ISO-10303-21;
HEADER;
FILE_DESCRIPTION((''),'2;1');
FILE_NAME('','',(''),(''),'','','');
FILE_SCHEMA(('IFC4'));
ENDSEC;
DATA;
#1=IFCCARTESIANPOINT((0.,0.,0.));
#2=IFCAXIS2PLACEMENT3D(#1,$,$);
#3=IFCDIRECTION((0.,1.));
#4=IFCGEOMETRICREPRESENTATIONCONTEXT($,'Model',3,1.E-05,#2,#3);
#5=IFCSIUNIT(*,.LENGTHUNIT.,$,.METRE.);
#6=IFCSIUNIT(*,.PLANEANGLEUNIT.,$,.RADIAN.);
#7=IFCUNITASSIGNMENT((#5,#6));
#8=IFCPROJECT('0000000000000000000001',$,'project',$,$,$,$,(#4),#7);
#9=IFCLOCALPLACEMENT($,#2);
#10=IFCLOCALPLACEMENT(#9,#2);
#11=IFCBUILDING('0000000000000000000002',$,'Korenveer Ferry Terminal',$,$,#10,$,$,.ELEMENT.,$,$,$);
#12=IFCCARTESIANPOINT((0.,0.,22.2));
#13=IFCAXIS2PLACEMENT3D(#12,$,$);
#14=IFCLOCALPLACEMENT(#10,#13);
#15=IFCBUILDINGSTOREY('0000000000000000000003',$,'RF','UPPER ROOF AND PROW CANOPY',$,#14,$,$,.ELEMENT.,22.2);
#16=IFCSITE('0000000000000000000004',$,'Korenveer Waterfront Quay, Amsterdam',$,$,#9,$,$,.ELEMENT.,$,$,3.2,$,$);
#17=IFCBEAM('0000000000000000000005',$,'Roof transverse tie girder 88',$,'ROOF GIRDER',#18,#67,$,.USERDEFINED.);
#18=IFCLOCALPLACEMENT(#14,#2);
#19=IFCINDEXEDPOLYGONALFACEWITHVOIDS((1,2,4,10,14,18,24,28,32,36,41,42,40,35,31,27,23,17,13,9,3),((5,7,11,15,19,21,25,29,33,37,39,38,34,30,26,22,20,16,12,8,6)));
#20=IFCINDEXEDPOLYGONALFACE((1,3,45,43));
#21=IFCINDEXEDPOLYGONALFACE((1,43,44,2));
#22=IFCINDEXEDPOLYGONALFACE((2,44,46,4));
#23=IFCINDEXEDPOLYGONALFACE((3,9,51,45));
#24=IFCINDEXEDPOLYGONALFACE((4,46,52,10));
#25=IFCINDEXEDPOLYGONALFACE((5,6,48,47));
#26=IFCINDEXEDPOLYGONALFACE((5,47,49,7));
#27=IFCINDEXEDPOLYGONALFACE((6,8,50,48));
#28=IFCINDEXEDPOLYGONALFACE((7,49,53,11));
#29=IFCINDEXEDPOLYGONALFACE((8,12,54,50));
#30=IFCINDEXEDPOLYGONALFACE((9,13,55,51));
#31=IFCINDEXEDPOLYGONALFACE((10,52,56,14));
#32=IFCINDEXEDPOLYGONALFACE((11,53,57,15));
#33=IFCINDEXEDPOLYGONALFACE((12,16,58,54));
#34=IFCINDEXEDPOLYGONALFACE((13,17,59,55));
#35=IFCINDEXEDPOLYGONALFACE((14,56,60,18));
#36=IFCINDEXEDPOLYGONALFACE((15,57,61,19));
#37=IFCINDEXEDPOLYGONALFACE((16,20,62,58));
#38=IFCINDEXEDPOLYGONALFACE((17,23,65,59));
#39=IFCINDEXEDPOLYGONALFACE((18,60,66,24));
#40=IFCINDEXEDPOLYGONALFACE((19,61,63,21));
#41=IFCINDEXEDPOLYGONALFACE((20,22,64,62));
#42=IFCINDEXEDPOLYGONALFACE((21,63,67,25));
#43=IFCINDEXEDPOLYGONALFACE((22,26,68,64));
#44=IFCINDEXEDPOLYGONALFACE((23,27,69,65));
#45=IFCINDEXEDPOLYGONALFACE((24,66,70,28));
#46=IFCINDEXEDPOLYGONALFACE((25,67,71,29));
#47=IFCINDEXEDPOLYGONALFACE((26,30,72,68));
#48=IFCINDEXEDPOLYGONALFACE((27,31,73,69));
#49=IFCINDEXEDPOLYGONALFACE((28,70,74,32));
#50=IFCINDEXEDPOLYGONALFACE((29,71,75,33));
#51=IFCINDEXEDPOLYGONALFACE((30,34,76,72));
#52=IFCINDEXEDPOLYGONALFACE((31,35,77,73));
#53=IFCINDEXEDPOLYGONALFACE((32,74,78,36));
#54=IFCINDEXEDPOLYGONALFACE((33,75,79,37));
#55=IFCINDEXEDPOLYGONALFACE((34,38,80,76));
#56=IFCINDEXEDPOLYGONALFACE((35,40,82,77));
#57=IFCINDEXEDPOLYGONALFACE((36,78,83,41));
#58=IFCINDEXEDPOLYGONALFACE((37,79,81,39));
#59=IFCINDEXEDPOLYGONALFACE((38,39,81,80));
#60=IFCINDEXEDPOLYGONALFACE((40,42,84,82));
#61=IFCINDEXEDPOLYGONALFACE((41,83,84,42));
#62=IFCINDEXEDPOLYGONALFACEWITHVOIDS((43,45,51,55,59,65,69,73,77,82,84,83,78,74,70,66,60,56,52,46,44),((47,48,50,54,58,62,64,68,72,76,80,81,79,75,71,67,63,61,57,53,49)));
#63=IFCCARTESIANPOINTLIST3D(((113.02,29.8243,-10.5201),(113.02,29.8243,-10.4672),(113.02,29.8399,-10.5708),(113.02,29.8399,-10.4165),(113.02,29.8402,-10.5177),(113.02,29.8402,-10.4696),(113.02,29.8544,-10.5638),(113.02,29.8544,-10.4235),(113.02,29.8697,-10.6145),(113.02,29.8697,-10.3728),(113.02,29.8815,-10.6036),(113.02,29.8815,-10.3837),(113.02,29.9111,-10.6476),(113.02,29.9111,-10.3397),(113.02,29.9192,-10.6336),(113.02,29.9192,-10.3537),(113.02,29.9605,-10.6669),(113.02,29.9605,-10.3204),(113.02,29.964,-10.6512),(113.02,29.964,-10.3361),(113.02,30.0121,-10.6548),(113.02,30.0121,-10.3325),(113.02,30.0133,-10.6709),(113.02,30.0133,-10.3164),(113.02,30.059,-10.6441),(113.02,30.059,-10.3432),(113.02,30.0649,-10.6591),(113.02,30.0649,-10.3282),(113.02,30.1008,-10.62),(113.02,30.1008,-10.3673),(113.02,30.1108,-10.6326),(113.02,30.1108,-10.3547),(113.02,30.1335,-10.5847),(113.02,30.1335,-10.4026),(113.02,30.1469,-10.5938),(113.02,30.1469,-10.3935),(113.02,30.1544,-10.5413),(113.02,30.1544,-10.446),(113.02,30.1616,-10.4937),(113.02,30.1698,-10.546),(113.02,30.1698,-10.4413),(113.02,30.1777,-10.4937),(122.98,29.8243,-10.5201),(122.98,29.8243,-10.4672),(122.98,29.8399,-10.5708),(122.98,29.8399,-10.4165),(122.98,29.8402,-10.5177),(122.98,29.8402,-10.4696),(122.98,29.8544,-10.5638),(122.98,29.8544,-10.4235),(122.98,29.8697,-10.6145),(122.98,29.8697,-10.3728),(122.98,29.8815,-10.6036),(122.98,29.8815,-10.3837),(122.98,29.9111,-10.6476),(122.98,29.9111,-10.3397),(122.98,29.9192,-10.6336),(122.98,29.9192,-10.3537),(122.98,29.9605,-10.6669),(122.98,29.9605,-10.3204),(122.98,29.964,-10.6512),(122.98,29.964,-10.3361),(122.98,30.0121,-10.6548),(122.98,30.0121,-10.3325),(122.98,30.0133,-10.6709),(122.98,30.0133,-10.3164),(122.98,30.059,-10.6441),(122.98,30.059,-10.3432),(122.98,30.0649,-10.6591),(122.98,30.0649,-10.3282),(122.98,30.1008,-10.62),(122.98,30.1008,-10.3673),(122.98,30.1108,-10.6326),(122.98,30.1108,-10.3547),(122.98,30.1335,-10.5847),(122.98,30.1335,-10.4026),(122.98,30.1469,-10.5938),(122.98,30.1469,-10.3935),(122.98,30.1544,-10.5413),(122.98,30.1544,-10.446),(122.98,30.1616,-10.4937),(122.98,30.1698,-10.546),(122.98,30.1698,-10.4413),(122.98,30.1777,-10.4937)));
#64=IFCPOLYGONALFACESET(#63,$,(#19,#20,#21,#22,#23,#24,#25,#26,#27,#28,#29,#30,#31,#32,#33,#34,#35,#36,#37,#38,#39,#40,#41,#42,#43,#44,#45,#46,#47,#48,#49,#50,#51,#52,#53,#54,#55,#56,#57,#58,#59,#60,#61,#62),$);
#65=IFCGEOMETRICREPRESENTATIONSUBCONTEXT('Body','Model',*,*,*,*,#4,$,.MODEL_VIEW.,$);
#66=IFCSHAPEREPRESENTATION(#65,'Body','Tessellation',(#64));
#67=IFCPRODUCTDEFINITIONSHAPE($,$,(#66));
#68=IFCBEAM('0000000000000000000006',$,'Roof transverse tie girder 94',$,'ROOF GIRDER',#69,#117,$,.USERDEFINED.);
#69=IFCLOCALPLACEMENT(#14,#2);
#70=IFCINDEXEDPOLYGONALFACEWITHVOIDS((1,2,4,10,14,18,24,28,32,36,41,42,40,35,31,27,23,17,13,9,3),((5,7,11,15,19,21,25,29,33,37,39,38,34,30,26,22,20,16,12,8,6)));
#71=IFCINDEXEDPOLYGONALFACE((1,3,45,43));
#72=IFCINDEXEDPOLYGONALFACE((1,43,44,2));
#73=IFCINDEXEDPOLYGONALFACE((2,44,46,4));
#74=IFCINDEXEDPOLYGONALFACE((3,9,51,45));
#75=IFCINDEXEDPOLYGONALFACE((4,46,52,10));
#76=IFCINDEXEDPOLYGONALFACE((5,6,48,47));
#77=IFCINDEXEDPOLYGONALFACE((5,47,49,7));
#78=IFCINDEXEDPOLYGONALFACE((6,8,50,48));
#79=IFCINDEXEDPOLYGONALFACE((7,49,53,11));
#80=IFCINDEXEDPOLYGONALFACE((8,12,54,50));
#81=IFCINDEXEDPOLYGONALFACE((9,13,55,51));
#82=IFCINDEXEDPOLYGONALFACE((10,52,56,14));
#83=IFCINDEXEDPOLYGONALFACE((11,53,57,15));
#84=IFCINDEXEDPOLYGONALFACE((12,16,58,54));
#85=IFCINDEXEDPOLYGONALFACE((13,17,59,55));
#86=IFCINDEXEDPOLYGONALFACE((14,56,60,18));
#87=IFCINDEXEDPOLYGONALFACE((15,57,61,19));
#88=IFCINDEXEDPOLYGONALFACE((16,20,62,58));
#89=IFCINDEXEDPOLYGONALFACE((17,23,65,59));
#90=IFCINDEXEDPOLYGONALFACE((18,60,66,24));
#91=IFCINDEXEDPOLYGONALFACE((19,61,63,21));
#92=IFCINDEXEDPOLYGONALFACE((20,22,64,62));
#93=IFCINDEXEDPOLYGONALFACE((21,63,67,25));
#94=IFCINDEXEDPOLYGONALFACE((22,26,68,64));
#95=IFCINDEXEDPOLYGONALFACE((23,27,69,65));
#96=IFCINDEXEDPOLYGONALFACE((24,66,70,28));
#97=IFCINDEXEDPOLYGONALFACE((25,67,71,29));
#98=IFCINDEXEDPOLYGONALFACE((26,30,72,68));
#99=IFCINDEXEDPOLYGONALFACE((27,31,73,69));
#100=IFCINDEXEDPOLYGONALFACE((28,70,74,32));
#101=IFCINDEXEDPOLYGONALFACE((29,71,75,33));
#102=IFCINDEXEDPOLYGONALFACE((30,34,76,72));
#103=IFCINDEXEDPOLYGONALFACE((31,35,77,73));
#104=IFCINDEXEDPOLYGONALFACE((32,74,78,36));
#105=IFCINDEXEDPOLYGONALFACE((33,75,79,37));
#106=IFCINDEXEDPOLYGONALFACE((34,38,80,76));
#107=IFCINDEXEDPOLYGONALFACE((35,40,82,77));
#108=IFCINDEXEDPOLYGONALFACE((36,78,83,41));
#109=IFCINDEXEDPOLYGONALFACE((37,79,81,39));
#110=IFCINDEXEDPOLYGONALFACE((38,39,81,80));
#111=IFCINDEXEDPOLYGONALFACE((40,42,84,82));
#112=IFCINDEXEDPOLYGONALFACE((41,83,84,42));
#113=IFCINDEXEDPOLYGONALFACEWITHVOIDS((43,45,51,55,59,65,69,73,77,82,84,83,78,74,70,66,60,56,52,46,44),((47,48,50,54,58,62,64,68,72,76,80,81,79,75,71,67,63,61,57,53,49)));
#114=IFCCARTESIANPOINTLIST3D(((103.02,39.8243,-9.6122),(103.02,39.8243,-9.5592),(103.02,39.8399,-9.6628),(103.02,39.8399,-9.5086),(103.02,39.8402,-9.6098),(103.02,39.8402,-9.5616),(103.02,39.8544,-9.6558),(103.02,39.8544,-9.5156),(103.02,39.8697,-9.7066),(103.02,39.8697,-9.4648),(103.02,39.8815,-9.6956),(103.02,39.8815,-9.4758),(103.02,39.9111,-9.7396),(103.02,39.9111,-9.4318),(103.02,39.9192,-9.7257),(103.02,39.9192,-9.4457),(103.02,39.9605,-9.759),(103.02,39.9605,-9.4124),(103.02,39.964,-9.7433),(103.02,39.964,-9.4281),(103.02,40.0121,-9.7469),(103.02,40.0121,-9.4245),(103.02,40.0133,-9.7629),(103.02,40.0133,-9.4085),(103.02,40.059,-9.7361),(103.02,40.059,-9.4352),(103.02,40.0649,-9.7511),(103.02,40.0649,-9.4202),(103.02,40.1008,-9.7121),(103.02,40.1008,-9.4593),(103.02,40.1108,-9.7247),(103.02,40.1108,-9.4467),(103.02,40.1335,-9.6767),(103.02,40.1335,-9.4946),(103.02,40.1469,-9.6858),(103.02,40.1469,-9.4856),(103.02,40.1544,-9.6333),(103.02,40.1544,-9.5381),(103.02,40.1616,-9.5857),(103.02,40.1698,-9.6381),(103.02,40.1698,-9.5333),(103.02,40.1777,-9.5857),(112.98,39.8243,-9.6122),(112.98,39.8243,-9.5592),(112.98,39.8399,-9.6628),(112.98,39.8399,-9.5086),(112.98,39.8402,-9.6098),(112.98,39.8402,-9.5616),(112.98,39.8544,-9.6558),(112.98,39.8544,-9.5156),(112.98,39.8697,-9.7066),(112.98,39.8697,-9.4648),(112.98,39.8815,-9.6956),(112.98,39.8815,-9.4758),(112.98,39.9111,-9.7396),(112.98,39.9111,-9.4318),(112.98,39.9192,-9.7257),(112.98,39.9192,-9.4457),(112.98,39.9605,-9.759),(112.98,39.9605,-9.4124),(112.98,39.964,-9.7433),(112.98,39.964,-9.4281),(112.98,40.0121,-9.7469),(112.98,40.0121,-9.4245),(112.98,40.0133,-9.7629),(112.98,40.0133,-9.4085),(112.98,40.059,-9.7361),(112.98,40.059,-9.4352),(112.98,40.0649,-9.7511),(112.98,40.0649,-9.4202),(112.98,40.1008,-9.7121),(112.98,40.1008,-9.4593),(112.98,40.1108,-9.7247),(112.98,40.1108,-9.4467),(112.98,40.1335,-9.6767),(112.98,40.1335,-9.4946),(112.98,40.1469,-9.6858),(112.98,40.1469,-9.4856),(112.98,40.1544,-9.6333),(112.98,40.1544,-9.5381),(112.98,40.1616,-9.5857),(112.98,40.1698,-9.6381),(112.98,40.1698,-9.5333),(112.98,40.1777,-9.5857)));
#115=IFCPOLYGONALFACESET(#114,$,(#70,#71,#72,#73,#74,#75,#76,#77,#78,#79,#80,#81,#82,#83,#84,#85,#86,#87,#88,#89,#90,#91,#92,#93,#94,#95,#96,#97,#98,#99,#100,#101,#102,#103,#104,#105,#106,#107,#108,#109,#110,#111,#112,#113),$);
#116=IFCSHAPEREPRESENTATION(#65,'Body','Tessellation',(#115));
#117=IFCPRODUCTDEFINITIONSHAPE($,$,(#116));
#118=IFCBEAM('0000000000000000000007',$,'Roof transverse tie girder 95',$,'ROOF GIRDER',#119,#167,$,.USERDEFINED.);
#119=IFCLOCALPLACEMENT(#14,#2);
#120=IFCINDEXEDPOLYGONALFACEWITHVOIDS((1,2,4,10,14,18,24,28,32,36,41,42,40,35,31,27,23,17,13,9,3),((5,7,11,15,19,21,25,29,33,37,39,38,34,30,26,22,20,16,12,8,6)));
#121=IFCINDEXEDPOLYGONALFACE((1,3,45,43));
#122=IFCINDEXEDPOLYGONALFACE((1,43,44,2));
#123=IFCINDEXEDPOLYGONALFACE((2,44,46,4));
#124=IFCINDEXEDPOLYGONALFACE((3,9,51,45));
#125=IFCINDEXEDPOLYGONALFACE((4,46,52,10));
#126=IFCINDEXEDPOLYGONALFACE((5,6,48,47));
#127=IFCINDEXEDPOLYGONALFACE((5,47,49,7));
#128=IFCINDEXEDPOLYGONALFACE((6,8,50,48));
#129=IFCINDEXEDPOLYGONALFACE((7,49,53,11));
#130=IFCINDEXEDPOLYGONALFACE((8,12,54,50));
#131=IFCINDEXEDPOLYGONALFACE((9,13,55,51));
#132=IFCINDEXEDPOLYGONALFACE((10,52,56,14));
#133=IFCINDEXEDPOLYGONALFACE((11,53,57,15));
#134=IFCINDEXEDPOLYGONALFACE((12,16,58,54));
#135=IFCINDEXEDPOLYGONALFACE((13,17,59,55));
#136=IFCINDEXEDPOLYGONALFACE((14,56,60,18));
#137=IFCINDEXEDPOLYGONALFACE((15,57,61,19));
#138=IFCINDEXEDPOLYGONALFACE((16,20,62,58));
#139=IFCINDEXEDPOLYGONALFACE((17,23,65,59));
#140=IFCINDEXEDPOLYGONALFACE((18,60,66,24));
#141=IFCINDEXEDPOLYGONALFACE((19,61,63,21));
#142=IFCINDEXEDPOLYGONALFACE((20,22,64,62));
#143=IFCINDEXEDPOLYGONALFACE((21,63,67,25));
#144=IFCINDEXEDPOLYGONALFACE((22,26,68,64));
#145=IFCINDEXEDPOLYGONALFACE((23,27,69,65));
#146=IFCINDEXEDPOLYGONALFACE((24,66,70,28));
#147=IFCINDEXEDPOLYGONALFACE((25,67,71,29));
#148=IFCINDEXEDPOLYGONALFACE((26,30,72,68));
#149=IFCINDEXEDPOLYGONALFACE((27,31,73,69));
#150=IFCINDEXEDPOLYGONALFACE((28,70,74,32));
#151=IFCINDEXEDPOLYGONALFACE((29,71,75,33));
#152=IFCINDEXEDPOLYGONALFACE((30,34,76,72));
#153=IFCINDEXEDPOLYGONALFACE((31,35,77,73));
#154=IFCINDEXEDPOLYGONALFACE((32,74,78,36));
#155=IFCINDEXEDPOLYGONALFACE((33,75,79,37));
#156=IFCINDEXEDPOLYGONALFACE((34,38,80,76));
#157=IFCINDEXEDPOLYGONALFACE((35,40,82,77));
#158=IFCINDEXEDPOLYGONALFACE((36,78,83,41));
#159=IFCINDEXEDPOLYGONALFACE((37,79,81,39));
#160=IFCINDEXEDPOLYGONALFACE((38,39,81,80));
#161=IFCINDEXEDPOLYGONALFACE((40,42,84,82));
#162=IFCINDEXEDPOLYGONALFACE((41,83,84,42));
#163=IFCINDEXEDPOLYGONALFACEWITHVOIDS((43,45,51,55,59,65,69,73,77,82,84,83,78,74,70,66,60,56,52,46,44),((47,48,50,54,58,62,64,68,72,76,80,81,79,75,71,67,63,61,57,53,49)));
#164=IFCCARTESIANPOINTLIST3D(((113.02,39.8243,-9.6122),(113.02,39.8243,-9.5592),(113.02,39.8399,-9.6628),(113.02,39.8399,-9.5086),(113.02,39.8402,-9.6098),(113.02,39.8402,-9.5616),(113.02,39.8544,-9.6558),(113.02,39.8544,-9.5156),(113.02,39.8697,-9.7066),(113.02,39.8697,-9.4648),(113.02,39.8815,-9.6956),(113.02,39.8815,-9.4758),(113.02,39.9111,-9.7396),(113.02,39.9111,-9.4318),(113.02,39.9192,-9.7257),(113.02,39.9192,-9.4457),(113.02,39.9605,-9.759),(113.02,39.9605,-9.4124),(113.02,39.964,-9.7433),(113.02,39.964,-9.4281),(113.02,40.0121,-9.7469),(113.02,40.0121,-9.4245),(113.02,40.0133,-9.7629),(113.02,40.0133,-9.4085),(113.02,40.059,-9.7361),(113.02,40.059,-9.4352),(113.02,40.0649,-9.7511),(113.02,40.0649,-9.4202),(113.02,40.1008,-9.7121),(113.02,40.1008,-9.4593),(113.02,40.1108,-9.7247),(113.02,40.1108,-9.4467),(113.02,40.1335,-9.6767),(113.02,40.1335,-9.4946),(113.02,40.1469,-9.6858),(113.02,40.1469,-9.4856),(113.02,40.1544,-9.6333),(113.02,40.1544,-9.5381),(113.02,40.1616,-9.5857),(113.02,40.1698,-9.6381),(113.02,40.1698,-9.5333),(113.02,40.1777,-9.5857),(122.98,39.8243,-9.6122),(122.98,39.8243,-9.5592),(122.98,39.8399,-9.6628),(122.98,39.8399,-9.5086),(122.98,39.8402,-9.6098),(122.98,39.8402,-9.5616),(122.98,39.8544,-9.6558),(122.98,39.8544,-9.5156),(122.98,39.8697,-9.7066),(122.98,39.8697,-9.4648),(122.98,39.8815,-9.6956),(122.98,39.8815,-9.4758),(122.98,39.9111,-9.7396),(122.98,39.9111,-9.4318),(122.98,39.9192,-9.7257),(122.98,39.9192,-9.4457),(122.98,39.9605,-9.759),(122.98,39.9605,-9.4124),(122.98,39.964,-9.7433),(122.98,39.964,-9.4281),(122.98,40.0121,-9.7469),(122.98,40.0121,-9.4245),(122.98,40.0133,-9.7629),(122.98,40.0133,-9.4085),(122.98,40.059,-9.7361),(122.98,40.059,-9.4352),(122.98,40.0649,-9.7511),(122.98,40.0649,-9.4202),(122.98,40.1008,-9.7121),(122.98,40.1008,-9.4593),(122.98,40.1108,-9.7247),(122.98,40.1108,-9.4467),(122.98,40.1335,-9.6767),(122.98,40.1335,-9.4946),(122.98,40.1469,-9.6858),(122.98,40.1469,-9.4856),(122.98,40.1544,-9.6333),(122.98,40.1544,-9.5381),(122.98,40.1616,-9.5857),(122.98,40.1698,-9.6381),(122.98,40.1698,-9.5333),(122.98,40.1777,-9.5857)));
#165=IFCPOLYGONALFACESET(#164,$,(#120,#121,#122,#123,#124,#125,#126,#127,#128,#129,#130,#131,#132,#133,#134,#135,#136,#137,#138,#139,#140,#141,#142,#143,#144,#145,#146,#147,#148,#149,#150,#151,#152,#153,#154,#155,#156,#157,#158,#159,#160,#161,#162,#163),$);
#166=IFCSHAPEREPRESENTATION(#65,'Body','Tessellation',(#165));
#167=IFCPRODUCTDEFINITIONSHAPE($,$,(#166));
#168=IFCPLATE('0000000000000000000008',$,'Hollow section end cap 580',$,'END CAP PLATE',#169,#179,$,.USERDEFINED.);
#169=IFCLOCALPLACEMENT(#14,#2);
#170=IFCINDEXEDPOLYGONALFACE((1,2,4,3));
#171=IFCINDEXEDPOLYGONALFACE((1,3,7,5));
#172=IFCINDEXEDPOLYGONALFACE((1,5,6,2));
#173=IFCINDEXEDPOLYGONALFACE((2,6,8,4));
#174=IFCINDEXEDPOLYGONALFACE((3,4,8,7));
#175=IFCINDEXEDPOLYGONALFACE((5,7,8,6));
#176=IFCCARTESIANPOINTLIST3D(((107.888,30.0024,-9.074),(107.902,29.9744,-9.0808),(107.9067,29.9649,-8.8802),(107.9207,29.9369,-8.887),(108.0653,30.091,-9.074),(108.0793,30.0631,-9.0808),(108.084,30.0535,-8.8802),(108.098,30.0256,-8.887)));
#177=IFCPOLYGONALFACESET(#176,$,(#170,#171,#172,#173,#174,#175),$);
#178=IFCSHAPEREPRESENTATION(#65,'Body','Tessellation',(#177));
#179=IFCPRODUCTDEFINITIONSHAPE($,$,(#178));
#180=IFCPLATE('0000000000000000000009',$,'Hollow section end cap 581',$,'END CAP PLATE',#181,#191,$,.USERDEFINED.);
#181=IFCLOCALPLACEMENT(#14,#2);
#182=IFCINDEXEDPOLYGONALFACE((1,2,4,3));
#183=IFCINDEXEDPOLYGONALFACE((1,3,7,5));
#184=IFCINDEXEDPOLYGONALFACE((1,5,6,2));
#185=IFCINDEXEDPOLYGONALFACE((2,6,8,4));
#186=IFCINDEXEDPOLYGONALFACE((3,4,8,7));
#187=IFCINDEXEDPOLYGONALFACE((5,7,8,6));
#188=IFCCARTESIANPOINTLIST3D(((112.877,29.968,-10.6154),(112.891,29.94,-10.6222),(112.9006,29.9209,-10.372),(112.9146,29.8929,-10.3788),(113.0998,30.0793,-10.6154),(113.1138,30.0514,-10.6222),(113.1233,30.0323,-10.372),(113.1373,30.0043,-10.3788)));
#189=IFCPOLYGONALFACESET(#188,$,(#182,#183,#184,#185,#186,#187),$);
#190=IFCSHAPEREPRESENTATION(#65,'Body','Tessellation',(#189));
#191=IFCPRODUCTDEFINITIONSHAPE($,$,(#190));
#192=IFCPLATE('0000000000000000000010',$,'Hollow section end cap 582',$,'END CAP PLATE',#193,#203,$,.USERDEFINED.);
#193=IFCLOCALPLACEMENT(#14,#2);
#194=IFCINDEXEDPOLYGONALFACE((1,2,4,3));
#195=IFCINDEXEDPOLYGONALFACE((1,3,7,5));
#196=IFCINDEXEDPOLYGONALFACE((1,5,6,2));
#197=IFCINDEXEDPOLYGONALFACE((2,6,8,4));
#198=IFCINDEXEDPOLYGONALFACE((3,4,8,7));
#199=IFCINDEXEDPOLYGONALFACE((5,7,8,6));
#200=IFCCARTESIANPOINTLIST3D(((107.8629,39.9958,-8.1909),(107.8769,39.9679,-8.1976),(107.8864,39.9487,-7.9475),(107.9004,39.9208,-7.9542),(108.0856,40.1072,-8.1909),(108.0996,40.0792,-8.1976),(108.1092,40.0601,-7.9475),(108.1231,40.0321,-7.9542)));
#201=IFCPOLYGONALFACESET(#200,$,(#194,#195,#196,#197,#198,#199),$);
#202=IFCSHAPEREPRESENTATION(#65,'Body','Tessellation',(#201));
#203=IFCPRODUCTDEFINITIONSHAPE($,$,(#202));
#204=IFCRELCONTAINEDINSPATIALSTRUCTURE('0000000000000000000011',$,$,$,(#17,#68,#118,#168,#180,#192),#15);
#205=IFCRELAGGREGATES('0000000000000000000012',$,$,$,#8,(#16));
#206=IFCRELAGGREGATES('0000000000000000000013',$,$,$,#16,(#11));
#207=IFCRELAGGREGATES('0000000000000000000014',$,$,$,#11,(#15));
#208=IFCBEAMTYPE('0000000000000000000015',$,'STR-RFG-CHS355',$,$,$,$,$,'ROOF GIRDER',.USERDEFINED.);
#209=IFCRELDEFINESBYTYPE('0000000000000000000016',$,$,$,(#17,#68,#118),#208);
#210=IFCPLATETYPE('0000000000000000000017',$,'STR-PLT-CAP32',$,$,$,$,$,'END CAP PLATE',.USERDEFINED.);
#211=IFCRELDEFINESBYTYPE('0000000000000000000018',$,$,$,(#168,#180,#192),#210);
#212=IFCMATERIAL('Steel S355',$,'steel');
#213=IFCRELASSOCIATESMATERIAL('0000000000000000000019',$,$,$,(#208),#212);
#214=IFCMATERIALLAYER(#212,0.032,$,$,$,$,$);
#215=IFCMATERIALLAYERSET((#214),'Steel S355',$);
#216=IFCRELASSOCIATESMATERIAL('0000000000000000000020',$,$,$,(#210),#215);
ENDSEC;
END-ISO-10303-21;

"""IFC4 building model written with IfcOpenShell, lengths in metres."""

from ifc_helpers import new_model, si_unit, direction, frame, origin, origin_2d, place, context, subcontext, project, spatial, rectangle, hollow_circle, extrude, material, layer, layer_set, material_profile, profile_set, type_object, element, save


model = new_model("IFC4")

# Units and contexts
model_context = context("Model", 3, precision=1e-05, world=origin(), true_north=direction((0.0, 1.0)))
body_context = subcontext(model_context, "Body", "Model", "MODEL_VIEW")
ifc_project = project(units=[si_unit("LENGTHUNIT", "METRE"), si_unit("PLANEANGLEUNIT", "RADIAN")], contexts=[model_context])

# Site, building, storey
site_placement = place(None, origin())
site = spatial("IfcSite", under=ifc_project, at=site_placement, Name="Korenveer Waterfront Quay, Amsterdam", CompositionType="ELEMENT", RefElevation=3.2)
building_placement = place(site_placement, origin())
building = spatial("IfcBuilding", under=site, at=building_placement, Name="Korenveer Ferry Terminal", CompositionType="ELEMENT")
storey_placement = place(building_placement, frame((0.0, 0.0, 22.2)))
storey = spatial("IfcBuildingStorey", under=building, at=storey_placement, Name="RF", Description="UPPER ROOF AND PROW CANOPY", CompositionType="ELEMENT", Elevation=22.2)

# Shared definitions
ifc_material_1 = material(Name="Steel S355", Category="steel")

# Beams
ifc_material_profile_1 = material_profile(ifc_material_1, hollow_circle(Radius=0.1777, WallThickness=0.0161, at=origin_2d()), Name="CHS 355.6x16")
ifc_profile_set_1 = profile_set([ifc_material_profile_1], Name="Steel S355")
beam_type_1 = type_object("IfcBeamType", Name="STR-RFG-CHS355", ElementType="ROOF GIRDER", PredefinedType="USERDEFINED", material=ifc_profile_set_1)
for number, where, z_axis, x_axis, name in (
    (1, (113.02, 30.0, -10.4937), (1.0, 0.0, 0.0), (0.0, 1.0, 0.0), "Roof transverse tie girder 88"),
    (2, (103.02, 40.0, -9.5857), (1.0, 0.0, 0.0), (0.0, 1.0, 0.0), "Roof transverse tie girder 94"),
    (3, (113.02, 40.0, -9.5857), (1.0, 0.0, 0.0), (0.0, 1.0, 0.0), "Roof transverse tie girder 95"),
):
    element("IfcBeam", number, at=place(storey_placement, frame(where, z_axis=z_axis, x_axis=x_axis)), inside=storey, type_object=beam_type_1, Name=name, ObjectType="ROOF GIRDER", PredefinedType="USERDEFINED", context=body_context, shape_type="SweptSolid", body=[
        extrude(hollow_circle(Radius=0.1777, WallThickness=0.0161, at=origin_2d()), origin(), (0.0, 0.0, 1.0), 9.96),
    ])

# Plates
ifc_layer_1 = layer(ifc_material_1, 0.032)
ifc_layer_set_1 = layer_set([ifc_layer_1], Name="Steel S355")
plate_type_1 = type_object("IfcPlateType", Name="STR-PLT-CAP32", ElementType="END CAP PLATE", PredefinedType="USERDEFINED", material=ifc_layer_set_1)
plate_placement = place(storey_placement, frame((108.0, 30.0, -8.9839), z_axis=(-0.43711, 0.874221, 0.21136), x_axis=(-0.894427, -0.447214, 0.0)))
element("IfcPlate", 4, at=plate_placement, inside=storey, type_object=plate_type_1, Name="Hollow section end cap 580", ObjectType="END CAP PLATE", PredefinedType="USERDEFINED", context=body_context, shape_type="SweptSolid", body=[
    extrude(rectangle(XDim=0.1982, YDim=0.1982, at=origin_2d()), origin(), (0.0, 0.0, 1.0), 0.032),
])
for number, where, z_axis, x_axis, name in (
    (5, (113.0142, 29.9722, -10.5005), (-0.43711, 0.874221, 0.21136), (-0.894427, -0.447214, 0.0), "Hollow section end cap 581"),
    (6, (108.0, 40.0, -8.0759), (-0.43711, 0.874221, 0.21136), (-0.894427, -0.447214, 0.0), "Hollow section end cap 582"),
):
    element("IfcPlate", number, at=place(storey_placement, frame(where, z_axis=z_axis, x_axis=x_axis)), inside=storey, type_object=plate_type_1, Name=name, ObjectType="END CAP PLATE", PredefinedType="USERDEFINED", context=body_context, shape_type="SweptSolid", body=[
        extrude(rectangle(XDim=0.249, YDim=0.249, at=origin_2d()), origin(), (0.0, 0.0, 1.0), 0.032),
    ])

save(model, "model.ifc")
